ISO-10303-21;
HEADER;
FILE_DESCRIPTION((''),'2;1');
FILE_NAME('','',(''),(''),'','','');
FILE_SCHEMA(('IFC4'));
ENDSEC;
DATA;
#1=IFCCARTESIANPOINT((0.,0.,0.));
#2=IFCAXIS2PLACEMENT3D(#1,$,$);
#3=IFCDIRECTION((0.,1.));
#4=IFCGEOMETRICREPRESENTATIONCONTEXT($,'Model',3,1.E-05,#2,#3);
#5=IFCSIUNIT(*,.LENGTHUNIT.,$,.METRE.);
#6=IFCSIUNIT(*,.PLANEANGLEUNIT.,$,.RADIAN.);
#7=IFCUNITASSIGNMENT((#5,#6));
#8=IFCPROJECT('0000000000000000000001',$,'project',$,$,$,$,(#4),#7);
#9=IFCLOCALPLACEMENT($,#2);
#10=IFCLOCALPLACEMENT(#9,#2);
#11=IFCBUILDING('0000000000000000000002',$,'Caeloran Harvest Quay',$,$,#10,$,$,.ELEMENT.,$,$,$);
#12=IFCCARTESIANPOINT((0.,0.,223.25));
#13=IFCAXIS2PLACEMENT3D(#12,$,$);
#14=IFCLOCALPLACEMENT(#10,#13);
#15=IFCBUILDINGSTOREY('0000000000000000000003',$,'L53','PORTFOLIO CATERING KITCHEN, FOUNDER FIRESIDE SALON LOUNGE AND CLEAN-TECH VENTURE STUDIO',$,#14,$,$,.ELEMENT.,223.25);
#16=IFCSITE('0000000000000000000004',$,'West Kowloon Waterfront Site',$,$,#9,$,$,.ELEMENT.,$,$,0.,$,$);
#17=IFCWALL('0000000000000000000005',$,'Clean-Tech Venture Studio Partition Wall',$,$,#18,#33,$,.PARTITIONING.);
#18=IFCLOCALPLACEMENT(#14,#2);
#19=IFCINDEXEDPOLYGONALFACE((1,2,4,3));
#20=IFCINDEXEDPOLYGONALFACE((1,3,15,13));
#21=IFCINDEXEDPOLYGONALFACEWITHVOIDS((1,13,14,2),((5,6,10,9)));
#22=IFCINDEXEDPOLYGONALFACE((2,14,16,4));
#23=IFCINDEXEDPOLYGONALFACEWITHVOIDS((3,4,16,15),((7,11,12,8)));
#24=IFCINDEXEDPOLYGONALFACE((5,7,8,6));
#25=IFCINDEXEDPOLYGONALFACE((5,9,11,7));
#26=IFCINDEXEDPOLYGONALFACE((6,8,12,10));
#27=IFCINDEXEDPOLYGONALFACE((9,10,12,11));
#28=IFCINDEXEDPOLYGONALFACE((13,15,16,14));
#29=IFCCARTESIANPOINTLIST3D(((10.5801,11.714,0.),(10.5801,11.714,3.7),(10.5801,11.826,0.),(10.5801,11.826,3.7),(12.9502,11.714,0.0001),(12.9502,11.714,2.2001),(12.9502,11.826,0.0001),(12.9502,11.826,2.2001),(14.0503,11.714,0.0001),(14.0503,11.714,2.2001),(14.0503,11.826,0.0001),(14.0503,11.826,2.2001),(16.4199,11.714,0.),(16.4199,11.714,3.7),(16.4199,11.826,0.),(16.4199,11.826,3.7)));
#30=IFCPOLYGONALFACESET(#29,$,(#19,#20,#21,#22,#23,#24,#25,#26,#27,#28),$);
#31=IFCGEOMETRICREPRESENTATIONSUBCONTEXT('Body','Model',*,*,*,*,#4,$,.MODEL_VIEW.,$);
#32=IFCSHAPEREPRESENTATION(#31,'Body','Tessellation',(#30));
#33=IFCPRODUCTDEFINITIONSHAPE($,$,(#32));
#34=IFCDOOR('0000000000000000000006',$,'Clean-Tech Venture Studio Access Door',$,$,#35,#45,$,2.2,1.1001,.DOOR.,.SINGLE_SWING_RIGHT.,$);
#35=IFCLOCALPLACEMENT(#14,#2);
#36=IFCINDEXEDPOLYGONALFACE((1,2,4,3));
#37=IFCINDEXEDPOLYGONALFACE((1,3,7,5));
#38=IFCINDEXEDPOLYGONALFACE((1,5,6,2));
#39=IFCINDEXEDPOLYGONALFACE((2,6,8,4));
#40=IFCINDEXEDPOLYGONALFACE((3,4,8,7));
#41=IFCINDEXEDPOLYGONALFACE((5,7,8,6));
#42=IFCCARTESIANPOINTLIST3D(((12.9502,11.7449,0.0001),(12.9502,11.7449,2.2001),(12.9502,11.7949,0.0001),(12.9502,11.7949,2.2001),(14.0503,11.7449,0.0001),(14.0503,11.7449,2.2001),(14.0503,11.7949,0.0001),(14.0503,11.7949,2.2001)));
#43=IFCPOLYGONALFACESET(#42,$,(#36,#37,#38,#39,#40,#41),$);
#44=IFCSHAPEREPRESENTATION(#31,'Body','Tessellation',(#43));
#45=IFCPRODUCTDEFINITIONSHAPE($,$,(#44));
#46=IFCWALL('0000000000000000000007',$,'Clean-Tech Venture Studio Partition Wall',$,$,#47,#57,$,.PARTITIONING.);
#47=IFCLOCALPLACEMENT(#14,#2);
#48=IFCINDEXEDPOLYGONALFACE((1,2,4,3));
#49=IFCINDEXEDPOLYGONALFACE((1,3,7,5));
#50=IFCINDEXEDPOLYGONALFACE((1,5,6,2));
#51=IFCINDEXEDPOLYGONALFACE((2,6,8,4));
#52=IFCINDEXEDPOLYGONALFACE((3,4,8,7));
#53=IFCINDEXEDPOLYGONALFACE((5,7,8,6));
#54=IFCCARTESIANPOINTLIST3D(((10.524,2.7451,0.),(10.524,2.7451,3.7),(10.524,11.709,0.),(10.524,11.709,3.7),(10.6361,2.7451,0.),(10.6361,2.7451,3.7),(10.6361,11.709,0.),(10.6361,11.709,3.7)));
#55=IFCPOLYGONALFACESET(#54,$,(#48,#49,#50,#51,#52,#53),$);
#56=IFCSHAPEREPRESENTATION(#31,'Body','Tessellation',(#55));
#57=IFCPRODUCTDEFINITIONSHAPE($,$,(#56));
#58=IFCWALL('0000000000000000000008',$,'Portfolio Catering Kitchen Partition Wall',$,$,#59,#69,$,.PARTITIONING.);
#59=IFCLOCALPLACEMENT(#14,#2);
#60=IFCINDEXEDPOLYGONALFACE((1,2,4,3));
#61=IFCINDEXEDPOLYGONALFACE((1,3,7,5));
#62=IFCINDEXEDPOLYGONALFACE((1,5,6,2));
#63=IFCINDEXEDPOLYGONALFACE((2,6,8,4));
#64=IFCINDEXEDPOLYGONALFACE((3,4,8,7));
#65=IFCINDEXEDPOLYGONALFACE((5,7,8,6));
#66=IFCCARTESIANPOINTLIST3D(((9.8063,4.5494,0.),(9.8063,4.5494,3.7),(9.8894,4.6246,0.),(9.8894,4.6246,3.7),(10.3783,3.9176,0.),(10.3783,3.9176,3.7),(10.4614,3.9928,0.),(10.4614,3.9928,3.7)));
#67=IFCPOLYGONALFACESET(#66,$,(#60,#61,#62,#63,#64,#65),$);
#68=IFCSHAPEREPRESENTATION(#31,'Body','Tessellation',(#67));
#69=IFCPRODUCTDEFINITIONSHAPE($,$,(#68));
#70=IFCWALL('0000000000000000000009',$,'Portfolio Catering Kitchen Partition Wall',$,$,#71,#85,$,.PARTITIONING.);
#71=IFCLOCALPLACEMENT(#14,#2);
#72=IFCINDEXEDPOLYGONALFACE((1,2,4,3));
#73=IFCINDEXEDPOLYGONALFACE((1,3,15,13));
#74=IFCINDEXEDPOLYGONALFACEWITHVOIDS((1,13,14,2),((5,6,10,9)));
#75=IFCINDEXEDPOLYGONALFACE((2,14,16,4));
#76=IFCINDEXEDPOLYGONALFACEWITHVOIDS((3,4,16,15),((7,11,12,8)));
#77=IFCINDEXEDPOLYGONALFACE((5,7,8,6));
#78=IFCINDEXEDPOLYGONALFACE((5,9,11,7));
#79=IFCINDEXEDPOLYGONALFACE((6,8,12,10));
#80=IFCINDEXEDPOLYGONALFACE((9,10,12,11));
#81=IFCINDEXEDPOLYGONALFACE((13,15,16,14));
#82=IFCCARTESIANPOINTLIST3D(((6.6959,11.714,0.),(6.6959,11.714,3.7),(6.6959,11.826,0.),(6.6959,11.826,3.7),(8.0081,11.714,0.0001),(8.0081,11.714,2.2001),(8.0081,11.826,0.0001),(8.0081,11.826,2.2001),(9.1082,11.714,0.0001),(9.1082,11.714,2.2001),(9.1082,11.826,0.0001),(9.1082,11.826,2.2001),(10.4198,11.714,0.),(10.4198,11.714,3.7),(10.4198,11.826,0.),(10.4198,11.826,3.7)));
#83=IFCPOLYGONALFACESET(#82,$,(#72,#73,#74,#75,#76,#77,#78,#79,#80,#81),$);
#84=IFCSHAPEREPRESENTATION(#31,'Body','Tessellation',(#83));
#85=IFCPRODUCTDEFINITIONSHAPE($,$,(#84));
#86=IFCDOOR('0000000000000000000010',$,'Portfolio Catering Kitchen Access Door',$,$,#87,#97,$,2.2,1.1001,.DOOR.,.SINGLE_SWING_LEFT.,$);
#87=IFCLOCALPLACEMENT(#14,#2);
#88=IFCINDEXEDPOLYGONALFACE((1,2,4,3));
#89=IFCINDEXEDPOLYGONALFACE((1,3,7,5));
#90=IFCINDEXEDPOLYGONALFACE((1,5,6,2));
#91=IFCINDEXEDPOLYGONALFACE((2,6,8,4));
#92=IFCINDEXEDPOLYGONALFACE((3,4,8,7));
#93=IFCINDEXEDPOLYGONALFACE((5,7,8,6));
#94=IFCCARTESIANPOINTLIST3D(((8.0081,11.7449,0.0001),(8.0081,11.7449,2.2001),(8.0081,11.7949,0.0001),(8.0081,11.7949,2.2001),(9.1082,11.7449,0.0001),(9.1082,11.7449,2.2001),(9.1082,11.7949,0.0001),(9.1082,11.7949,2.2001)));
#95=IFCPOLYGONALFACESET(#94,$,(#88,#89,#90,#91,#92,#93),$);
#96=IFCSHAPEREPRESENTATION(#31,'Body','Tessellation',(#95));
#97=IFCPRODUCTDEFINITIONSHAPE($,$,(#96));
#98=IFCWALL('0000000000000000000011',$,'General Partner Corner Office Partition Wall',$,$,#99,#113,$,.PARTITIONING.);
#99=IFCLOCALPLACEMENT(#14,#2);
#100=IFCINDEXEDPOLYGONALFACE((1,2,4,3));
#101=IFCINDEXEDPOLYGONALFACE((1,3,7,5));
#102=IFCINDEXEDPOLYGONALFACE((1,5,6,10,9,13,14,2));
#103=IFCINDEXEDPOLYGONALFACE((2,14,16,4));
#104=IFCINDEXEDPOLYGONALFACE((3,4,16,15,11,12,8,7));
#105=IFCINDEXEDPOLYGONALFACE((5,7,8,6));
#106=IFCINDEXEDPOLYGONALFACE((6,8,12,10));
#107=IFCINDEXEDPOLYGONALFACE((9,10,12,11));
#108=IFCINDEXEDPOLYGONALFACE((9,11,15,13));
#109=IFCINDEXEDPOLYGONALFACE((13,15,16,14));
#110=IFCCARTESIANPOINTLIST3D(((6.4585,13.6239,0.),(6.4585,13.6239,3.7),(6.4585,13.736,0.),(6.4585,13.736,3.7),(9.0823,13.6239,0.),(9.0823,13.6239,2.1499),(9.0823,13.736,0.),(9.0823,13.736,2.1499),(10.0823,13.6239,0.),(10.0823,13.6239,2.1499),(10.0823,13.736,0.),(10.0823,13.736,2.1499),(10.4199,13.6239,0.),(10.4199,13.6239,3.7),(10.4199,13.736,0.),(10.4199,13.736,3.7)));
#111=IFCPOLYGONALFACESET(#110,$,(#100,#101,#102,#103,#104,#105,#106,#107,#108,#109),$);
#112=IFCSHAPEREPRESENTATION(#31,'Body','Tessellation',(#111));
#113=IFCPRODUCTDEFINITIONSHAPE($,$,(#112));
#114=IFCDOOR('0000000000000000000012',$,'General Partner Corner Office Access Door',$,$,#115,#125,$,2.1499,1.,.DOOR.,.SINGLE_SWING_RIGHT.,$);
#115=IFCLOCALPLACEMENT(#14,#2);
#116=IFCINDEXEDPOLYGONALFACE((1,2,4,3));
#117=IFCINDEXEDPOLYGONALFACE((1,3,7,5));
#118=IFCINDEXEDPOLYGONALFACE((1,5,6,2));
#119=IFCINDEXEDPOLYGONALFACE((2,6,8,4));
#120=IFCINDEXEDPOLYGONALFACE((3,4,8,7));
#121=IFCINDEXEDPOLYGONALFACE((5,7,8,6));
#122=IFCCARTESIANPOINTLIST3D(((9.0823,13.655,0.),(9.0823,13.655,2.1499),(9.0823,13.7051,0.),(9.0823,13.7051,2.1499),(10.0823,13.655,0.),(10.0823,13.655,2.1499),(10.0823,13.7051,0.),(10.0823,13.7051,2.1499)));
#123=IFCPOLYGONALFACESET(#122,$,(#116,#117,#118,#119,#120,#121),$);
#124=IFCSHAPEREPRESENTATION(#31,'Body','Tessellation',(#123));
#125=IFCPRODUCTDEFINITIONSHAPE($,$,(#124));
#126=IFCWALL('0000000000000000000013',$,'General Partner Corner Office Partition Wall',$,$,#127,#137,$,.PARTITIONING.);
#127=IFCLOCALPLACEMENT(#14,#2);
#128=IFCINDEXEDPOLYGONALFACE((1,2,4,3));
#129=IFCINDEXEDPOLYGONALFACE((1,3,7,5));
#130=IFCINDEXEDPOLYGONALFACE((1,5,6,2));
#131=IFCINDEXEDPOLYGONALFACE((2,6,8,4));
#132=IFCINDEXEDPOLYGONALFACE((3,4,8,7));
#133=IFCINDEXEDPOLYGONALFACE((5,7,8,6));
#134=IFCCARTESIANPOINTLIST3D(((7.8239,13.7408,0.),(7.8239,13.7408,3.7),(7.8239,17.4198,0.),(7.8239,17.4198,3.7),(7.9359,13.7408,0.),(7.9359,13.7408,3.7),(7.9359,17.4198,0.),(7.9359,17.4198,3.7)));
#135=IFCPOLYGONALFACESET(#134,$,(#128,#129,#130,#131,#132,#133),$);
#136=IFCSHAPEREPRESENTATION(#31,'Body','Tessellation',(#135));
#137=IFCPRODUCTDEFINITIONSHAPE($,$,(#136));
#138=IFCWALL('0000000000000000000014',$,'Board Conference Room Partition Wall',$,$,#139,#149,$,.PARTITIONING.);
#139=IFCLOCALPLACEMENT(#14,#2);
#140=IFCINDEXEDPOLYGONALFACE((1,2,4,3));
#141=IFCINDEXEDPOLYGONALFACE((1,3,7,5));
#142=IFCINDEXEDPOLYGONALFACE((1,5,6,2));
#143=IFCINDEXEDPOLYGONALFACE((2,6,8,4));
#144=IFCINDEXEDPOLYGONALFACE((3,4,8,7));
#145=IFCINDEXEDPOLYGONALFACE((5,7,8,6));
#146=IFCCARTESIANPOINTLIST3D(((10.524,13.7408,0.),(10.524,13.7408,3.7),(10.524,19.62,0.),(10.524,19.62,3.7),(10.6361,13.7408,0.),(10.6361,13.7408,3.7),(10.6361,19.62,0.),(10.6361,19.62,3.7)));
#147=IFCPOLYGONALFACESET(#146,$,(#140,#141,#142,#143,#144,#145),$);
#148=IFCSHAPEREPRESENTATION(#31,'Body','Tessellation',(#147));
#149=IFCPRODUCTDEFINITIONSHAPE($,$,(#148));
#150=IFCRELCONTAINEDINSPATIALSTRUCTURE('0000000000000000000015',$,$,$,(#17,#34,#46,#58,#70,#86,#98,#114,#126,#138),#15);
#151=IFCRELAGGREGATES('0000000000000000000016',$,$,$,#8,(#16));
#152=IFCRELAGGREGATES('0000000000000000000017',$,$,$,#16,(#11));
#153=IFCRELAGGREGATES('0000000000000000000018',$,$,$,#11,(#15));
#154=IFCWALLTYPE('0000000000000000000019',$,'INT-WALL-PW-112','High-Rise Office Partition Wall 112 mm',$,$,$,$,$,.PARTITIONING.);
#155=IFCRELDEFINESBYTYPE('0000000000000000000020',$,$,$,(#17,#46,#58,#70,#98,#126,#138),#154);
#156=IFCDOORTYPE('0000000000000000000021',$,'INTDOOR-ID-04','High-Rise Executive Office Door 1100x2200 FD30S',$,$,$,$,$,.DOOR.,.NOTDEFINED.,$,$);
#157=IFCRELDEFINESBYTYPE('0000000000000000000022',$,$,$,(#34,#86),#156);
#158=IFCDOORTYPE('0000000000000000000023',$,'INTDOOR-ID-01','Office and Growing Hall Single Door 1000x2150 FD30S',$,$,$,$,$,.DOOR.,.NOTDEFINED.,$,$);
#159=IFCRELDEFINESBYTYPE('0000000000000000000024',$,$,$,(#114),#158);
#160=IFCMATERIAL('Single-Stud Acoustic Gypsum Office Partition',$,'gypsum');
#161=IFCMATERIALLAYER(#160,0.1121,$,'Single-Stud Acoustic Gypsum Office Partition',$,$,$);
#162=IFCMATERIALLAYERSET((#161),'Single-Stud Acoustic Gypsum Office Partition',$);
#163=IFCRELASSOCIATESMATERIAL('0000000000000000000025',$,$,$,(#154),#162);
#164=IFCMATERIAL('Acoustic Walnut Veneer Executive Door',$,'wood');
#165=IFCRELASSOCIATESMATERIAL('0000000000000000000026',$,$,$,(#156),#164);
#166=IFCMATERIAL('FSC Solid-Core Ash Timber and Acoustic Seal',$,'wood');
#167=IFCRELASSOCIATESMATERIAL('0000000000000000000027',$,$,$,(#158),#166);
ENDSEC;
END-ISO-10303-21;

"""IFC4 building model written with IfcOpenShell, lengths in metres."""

from ifc_helpers import new_model, si_unit, direction, frame, frame_2d, origin, place, context, subcontext, project, spatial, rectangle, extrude, material, layer, layer_set, type_object, element, fill, save


model = new_model("IFC4")

# Units and contexts
model_context = context("Model", 3, precision=1e-05, world=origin(), true_north=direction((0.0, 1.0)))
body_context = subcontext(model_context, "Body", "Model", "MODEL_VIEW")
ifc_project = project(units=[si_unit("LENGTHUNIT", "METRE"), si_unit("PLANEANGLEUNIT", "RADIAN")], contexts=[model_context])

# Site, building, storey
site_placement = place(None, origin())
site = spatial("IfcSite", under=ifc_project, at=site_placement, Name="West Kowloon Waterfront Site", CompositionType="ELEMENT", RefElevation=0.0)
building_placement = place(site_placement, origin())
building = spatial("IfcBuilding", under=site, at=building_placement, Name="Caeloran Harvest Quay", CompositionType="ELEMENT")
storey_placement = place(building_placement, frame((0.0, 0.0, 223.25)))
storey = spatial("IfcBuildingStorey", under=building, at=storey_placement, Name="L53", Description="PORTFOLIO CATERING KITCHEN, FOUNDER FIRESIDE SALON LOUNGE AND CLEAN-TECH VENTURE STUDIO", CompositionType="ELEMENT", Elevation=223.25)

# Wall, opening, door
ifc_material_1 = material(Name="Single-Stud Acoustic Gypsum Office Partition", Category="gypsum")
ifc_layer_1 = layer(ifc_material_1, 0.1121, Name="Single-Stud Acoustic Gypsum Office Partition")
ifc_layer_set_1 = layer_set([ifc_layer_1], Name="Single-Stud Acoustic Gypsum Office Partition")
wall_type_1 = type_object("IfcWallType", Name="INT-WALL-PW-112", Description="High-Rise Office Partition Wall 112 mm", PredefinedType="PARTITIONING", material=ifc_layer_set_1)
wall_1_placement = place(storey_placement, frame((10.5801, 11.77, 0.0), z_axis=(0.0, 0.0, 1.0), x_axis=(1.0, 0.0, 0.0)))
wall_1 = element("IfcWall", 1, at=wall_1_placement, inside=storey, type_object=wall_type_1, Name="Clean-Tech Venture Studio Partition Wall", PredefinedType="PARTITIONING", context=body_context, shape_type="SweptSolid", body=[
    extrude(rectangle(XDim=5.8398, YDim=0.1121, at=frame_2d((2.9199, 0.0))), origin(), (0.0, 0.0, 1.0), 3.7),
])
opening_1_placement = place(wall_1_placement, frame((2.3701, 0.0, 0.0)))
opening_1 = element("IfcOpeningElement", 2, at=opening_1_placement, cuts=wall_1, PredefinedType="OPENING", context=body_context, shape_type="SweptSolid", body=[
    extrude(rectangle(XDim=1.1001, YDim=2.2, at=frame_2d((0.55, 1.1001))), frame((0.0, 0.0659, 0.0), z_axis=(0.0, -1.0, 0.0), x_axis=(1.0, 0.0, 0.0)), (0.0, 0.0, 1.0), 0.1321),
])
ifc_material_2 = material(Name="Acoustic Walnut Veneer Executive Door", Category="wood")
door_type_1 = type_object("IfcDoorType", Name="INTDOOR-ID-04", Description="High-Rise Executive Office Door 1100x2200 FD30S", OperationType="NOTDEFINED", PredefinedType="DOOR", material=ifc_material_2)
door_1_placement = place(opening_1_placement, origin())
door_1 = element("IfcDoor", 3, at=door_1_placement, inside=storey, type_object=door_type_1, Name="Clean-Tech Venture Studio Access Door", OperationType="SINGLE_SWING_RIGHT", OverallHeight=2.2, OverallWidth=1.1001, PredefinedType="DOOR", context=body_context, shape_type="SweptSolid", body=[
    extrude(rectangle(XDim=1.1001, YDim=2.2, at=frame_2d((0.55, 1.1001))), frame((0.0, 0.0249, 0.0), z_axis=(0.0, -1.0, 0.0), x_axis=(1.0, 0.0, 0.0)), (0.0, 0.0, 1.0), 0.05),
])
fill(opening_1, door_1)

# Walls
wall_2_placement = place(storey_placement, frame((10.5801, 2.7451, 0.0), z_axis=(0.0, 0.0, 1.0), x_axis=(0.0, 1.0, 0.0)))
element("IfcWall", 4, at=wall_2_placement, inside=storey, type_object=wall_type_1, Name="Clean-Tech Venture Studio Partition Wall", PredefinedType="PARTITIONING", context=body_context, shape_type="SweptSolid", body=[
    extrude(rectangle(XDim=8.9639, YDim=0.1121, at=frame_2d((4.4819, 0.0))), origin(), (0.0, 0.0, 1.0), 3.7),
])
wall_3_placement = place(storey_placement, frame((10.4199, 3.9551, 0.0), z_axis=(0.0, 0.0, 1.0), x_axis=(-0.671146, 0.741325, 0.0)))
element("IfcWall", 5, at=wall_3_placement, inside=storey, type_object=wall_type_1, Name="Portfolio Catering Kitchen Partition Wall", PredefinedType="PARTITIONING", context=body_context, shape_type="SweptSolid", body=[
    extrude(rectangle(XDim=0.8523, YDim=0.1121, at=frame_2d((0.4263, 0.0))), origin(), (0.0, 0.0, 1.0), 3.7),
])

# Walls, openings, doors
wall_4_placement = place(storey_placement, frame((6.696, 11.77, 0.0), z_axis=(0.0, 0.0, 1.0), x_axis=(1.0, 0.0, 0.0)))
wall_4 = element("IfcWall", 6, at=wall_4_placement, inside=storey, type_object=wall_type_1, Name="Portfolio Catering Kitchen Partition Wall", PredefinedType="PARTITIONING", context=body_context, shape_type="SweptSolid", body=[
    extrude(rectangle(XDim=3.7239, YDim=0.1121, at=frame_2d((1.8618, 0.0))), origin(), (0.0, 0.0, 1.0), 3.7),
])
opening_2_placement = place(wall_4_placement, frame((1.312, 0.0, 0.0)))
opening_2 = element("IfcOpeningElement", 7, at=opening_2_placement, cuts=wall_4, PredefinedType="OPENING", context=body_context, shape_type="SweptSolid", body=[
    extrude(rectangle(XDim=1.1001, YDim=2.2, at=frame_2d((0.55, 1.1001))), frame((0.0, 0.0659, 0.0), z_axis=(0.0, -1.0, 0.0), x_axis=(1.0, 0.0, 0.0)), (0.0, 0.0, 1.0), 0.1321),
])
door_2_placement = place(opening_2_placement, origin())
door_2 = element("IfcDoor", 8, at=door_2_placement, inside=storey, type_object=door_type_1, Name="Portfolio Catering Kitchen Access Door", OperationType="SINGLE_SWING_LEFT", OverallHeight=2.2, OverallWidth=1.1001, PredefinedType="DOOR", context=body_context, shape_type="SweptSolid", body=[
    extrude(rectangle(XDim=1.1001, YDim=2.2, at=frame_2d((0.55, 1.1001))), frame((0.0, 0.0249, 0.0), z_axis=(0.0, -1.0, 0.0), x_axis=(1.0, 0.0, 0.0)), (0.0, 0.0, 1.0), 0.05),
])
fill(opening_2, door_2)
wall_5_placement = place(storey_placement, frame((10.4199, 13.6799, 0.0), z_axis=(0.0, 0.0, 1.0), x_axis=(-1.0, 0.0, 0.0)))
wall_5 = element("IfcWall", 9, at=wall_5_placement, inside=storey, type_object=wall_type_1, Name="General Partner Corner Office Partition Wall", PredefinedType="PARTITIONING", context=body_context, shape_type="SweptSolid", body=[
    extrude(rectangle(XDim=3.9614, YDim=0.1121, at=frame_2d((1.9807, 0.0))), origin(), (0.0, 0.0, 1.0), 3.7),
])
opening_3_placement = place(wall_5_placement, frame((0.3376, 0.0, 0.0)))
opening_3 = element("IfcOpeningElement", 10, at=opening_3_placement, cuts=wall_5, PredefinedType="OPENING", context=body_context, shape_type="SweptSolid", body=[
    extrude(rectangle(XDim=1.0, YDim=2.1499, at=frame_2d((0.5, 1.075))), frame((0.0, 0.0659, 0.0), z_axis=(0.0, -1.0, 0.0), x_axis=(1.0, 0.0, 0.0)), (0.0, 0.0, 1.0), 0.1321),
])
ifc_material_3 = material(Name="FSC Solid-Core Ash Timber and Acoustic Seal", Category="wood")
door_type_2 = type_object("IfcDoorType", Name="INTDOOR-ID-01", Description="Office and Growing Hall Single Door 1000x2150 FD30S", OperationType="NOTDEFINED", PredefinedType="DOOR", material=ifc_material_3)
door_3_placement = place(opening_3_placement, origin())
door_3 = element("IfcDoor", 11, at=door_3_placement, inside=storey, type_object=door_type_2, Name="General Partner Corner Office Access Door", OperationType="SINGLE_SWING_RIGHT", OverallHeight=2.1499, OverallWidth=1.0, PredefinedType="DOOR", context=body_context, shape_type="SweptSolid", body=[
    extrude(rectangle(XDim=1.0, YDim=2.1499, at=frame_2d((0.5, 1.075))), frame((0.0, 0.0249, 0.0), z_axis=(0.0, -1.0, 0.0), x_axis=(1.0, 0.0, 0.0)), (0.0, 0.0, 1.0), 0.05),
])
fill(opening_3, door_3)

# Walls
wall_6_placement = place(storey_placement, frame((7.8799, 13.741, 0.0), z_axis=(0.0, 0.0, 1.0), x_axis=(0.0, 1.0, 0.0)))
element("IfcWall", 12, at=wall_6_placement, inside=storey, type_object=wall_type_1, Name="General Partner Corner Office Partition Wall", PredefinedType="PARTITIONING", context=body_context, shape_type="SweptSolid", body=[
    extrude(rectangle(XDim=3.679, YDim=0.1121, at=frame_2d((1.8394, 0.0))), origin(), (0.0, 0.0, 1.0), 3.7),
])
wall_7_placement = place(storey_placement, frame((10.5801, 13.741, 0.0), z_axis=(0.0, 0.0, 1.0), x_axis=(0.0, 1.0, 0.0)))
element("IfcWall", 13, at=wall_7_placement, inside=storey, type_object=wall_type_1, Name="Board Conference Room Partition Wall", PredefinedType="PARTITIONING", context=body_context, shape_type="SweptSolid", body=[
    extrude(rectangle(XDim=5.8792, YDim=0.1121, at=frame_2d((2.9395, 0.0))), origin(), (0.0, 0.0, 1.0), 3.7),
])

save(model, "model.ifc")
